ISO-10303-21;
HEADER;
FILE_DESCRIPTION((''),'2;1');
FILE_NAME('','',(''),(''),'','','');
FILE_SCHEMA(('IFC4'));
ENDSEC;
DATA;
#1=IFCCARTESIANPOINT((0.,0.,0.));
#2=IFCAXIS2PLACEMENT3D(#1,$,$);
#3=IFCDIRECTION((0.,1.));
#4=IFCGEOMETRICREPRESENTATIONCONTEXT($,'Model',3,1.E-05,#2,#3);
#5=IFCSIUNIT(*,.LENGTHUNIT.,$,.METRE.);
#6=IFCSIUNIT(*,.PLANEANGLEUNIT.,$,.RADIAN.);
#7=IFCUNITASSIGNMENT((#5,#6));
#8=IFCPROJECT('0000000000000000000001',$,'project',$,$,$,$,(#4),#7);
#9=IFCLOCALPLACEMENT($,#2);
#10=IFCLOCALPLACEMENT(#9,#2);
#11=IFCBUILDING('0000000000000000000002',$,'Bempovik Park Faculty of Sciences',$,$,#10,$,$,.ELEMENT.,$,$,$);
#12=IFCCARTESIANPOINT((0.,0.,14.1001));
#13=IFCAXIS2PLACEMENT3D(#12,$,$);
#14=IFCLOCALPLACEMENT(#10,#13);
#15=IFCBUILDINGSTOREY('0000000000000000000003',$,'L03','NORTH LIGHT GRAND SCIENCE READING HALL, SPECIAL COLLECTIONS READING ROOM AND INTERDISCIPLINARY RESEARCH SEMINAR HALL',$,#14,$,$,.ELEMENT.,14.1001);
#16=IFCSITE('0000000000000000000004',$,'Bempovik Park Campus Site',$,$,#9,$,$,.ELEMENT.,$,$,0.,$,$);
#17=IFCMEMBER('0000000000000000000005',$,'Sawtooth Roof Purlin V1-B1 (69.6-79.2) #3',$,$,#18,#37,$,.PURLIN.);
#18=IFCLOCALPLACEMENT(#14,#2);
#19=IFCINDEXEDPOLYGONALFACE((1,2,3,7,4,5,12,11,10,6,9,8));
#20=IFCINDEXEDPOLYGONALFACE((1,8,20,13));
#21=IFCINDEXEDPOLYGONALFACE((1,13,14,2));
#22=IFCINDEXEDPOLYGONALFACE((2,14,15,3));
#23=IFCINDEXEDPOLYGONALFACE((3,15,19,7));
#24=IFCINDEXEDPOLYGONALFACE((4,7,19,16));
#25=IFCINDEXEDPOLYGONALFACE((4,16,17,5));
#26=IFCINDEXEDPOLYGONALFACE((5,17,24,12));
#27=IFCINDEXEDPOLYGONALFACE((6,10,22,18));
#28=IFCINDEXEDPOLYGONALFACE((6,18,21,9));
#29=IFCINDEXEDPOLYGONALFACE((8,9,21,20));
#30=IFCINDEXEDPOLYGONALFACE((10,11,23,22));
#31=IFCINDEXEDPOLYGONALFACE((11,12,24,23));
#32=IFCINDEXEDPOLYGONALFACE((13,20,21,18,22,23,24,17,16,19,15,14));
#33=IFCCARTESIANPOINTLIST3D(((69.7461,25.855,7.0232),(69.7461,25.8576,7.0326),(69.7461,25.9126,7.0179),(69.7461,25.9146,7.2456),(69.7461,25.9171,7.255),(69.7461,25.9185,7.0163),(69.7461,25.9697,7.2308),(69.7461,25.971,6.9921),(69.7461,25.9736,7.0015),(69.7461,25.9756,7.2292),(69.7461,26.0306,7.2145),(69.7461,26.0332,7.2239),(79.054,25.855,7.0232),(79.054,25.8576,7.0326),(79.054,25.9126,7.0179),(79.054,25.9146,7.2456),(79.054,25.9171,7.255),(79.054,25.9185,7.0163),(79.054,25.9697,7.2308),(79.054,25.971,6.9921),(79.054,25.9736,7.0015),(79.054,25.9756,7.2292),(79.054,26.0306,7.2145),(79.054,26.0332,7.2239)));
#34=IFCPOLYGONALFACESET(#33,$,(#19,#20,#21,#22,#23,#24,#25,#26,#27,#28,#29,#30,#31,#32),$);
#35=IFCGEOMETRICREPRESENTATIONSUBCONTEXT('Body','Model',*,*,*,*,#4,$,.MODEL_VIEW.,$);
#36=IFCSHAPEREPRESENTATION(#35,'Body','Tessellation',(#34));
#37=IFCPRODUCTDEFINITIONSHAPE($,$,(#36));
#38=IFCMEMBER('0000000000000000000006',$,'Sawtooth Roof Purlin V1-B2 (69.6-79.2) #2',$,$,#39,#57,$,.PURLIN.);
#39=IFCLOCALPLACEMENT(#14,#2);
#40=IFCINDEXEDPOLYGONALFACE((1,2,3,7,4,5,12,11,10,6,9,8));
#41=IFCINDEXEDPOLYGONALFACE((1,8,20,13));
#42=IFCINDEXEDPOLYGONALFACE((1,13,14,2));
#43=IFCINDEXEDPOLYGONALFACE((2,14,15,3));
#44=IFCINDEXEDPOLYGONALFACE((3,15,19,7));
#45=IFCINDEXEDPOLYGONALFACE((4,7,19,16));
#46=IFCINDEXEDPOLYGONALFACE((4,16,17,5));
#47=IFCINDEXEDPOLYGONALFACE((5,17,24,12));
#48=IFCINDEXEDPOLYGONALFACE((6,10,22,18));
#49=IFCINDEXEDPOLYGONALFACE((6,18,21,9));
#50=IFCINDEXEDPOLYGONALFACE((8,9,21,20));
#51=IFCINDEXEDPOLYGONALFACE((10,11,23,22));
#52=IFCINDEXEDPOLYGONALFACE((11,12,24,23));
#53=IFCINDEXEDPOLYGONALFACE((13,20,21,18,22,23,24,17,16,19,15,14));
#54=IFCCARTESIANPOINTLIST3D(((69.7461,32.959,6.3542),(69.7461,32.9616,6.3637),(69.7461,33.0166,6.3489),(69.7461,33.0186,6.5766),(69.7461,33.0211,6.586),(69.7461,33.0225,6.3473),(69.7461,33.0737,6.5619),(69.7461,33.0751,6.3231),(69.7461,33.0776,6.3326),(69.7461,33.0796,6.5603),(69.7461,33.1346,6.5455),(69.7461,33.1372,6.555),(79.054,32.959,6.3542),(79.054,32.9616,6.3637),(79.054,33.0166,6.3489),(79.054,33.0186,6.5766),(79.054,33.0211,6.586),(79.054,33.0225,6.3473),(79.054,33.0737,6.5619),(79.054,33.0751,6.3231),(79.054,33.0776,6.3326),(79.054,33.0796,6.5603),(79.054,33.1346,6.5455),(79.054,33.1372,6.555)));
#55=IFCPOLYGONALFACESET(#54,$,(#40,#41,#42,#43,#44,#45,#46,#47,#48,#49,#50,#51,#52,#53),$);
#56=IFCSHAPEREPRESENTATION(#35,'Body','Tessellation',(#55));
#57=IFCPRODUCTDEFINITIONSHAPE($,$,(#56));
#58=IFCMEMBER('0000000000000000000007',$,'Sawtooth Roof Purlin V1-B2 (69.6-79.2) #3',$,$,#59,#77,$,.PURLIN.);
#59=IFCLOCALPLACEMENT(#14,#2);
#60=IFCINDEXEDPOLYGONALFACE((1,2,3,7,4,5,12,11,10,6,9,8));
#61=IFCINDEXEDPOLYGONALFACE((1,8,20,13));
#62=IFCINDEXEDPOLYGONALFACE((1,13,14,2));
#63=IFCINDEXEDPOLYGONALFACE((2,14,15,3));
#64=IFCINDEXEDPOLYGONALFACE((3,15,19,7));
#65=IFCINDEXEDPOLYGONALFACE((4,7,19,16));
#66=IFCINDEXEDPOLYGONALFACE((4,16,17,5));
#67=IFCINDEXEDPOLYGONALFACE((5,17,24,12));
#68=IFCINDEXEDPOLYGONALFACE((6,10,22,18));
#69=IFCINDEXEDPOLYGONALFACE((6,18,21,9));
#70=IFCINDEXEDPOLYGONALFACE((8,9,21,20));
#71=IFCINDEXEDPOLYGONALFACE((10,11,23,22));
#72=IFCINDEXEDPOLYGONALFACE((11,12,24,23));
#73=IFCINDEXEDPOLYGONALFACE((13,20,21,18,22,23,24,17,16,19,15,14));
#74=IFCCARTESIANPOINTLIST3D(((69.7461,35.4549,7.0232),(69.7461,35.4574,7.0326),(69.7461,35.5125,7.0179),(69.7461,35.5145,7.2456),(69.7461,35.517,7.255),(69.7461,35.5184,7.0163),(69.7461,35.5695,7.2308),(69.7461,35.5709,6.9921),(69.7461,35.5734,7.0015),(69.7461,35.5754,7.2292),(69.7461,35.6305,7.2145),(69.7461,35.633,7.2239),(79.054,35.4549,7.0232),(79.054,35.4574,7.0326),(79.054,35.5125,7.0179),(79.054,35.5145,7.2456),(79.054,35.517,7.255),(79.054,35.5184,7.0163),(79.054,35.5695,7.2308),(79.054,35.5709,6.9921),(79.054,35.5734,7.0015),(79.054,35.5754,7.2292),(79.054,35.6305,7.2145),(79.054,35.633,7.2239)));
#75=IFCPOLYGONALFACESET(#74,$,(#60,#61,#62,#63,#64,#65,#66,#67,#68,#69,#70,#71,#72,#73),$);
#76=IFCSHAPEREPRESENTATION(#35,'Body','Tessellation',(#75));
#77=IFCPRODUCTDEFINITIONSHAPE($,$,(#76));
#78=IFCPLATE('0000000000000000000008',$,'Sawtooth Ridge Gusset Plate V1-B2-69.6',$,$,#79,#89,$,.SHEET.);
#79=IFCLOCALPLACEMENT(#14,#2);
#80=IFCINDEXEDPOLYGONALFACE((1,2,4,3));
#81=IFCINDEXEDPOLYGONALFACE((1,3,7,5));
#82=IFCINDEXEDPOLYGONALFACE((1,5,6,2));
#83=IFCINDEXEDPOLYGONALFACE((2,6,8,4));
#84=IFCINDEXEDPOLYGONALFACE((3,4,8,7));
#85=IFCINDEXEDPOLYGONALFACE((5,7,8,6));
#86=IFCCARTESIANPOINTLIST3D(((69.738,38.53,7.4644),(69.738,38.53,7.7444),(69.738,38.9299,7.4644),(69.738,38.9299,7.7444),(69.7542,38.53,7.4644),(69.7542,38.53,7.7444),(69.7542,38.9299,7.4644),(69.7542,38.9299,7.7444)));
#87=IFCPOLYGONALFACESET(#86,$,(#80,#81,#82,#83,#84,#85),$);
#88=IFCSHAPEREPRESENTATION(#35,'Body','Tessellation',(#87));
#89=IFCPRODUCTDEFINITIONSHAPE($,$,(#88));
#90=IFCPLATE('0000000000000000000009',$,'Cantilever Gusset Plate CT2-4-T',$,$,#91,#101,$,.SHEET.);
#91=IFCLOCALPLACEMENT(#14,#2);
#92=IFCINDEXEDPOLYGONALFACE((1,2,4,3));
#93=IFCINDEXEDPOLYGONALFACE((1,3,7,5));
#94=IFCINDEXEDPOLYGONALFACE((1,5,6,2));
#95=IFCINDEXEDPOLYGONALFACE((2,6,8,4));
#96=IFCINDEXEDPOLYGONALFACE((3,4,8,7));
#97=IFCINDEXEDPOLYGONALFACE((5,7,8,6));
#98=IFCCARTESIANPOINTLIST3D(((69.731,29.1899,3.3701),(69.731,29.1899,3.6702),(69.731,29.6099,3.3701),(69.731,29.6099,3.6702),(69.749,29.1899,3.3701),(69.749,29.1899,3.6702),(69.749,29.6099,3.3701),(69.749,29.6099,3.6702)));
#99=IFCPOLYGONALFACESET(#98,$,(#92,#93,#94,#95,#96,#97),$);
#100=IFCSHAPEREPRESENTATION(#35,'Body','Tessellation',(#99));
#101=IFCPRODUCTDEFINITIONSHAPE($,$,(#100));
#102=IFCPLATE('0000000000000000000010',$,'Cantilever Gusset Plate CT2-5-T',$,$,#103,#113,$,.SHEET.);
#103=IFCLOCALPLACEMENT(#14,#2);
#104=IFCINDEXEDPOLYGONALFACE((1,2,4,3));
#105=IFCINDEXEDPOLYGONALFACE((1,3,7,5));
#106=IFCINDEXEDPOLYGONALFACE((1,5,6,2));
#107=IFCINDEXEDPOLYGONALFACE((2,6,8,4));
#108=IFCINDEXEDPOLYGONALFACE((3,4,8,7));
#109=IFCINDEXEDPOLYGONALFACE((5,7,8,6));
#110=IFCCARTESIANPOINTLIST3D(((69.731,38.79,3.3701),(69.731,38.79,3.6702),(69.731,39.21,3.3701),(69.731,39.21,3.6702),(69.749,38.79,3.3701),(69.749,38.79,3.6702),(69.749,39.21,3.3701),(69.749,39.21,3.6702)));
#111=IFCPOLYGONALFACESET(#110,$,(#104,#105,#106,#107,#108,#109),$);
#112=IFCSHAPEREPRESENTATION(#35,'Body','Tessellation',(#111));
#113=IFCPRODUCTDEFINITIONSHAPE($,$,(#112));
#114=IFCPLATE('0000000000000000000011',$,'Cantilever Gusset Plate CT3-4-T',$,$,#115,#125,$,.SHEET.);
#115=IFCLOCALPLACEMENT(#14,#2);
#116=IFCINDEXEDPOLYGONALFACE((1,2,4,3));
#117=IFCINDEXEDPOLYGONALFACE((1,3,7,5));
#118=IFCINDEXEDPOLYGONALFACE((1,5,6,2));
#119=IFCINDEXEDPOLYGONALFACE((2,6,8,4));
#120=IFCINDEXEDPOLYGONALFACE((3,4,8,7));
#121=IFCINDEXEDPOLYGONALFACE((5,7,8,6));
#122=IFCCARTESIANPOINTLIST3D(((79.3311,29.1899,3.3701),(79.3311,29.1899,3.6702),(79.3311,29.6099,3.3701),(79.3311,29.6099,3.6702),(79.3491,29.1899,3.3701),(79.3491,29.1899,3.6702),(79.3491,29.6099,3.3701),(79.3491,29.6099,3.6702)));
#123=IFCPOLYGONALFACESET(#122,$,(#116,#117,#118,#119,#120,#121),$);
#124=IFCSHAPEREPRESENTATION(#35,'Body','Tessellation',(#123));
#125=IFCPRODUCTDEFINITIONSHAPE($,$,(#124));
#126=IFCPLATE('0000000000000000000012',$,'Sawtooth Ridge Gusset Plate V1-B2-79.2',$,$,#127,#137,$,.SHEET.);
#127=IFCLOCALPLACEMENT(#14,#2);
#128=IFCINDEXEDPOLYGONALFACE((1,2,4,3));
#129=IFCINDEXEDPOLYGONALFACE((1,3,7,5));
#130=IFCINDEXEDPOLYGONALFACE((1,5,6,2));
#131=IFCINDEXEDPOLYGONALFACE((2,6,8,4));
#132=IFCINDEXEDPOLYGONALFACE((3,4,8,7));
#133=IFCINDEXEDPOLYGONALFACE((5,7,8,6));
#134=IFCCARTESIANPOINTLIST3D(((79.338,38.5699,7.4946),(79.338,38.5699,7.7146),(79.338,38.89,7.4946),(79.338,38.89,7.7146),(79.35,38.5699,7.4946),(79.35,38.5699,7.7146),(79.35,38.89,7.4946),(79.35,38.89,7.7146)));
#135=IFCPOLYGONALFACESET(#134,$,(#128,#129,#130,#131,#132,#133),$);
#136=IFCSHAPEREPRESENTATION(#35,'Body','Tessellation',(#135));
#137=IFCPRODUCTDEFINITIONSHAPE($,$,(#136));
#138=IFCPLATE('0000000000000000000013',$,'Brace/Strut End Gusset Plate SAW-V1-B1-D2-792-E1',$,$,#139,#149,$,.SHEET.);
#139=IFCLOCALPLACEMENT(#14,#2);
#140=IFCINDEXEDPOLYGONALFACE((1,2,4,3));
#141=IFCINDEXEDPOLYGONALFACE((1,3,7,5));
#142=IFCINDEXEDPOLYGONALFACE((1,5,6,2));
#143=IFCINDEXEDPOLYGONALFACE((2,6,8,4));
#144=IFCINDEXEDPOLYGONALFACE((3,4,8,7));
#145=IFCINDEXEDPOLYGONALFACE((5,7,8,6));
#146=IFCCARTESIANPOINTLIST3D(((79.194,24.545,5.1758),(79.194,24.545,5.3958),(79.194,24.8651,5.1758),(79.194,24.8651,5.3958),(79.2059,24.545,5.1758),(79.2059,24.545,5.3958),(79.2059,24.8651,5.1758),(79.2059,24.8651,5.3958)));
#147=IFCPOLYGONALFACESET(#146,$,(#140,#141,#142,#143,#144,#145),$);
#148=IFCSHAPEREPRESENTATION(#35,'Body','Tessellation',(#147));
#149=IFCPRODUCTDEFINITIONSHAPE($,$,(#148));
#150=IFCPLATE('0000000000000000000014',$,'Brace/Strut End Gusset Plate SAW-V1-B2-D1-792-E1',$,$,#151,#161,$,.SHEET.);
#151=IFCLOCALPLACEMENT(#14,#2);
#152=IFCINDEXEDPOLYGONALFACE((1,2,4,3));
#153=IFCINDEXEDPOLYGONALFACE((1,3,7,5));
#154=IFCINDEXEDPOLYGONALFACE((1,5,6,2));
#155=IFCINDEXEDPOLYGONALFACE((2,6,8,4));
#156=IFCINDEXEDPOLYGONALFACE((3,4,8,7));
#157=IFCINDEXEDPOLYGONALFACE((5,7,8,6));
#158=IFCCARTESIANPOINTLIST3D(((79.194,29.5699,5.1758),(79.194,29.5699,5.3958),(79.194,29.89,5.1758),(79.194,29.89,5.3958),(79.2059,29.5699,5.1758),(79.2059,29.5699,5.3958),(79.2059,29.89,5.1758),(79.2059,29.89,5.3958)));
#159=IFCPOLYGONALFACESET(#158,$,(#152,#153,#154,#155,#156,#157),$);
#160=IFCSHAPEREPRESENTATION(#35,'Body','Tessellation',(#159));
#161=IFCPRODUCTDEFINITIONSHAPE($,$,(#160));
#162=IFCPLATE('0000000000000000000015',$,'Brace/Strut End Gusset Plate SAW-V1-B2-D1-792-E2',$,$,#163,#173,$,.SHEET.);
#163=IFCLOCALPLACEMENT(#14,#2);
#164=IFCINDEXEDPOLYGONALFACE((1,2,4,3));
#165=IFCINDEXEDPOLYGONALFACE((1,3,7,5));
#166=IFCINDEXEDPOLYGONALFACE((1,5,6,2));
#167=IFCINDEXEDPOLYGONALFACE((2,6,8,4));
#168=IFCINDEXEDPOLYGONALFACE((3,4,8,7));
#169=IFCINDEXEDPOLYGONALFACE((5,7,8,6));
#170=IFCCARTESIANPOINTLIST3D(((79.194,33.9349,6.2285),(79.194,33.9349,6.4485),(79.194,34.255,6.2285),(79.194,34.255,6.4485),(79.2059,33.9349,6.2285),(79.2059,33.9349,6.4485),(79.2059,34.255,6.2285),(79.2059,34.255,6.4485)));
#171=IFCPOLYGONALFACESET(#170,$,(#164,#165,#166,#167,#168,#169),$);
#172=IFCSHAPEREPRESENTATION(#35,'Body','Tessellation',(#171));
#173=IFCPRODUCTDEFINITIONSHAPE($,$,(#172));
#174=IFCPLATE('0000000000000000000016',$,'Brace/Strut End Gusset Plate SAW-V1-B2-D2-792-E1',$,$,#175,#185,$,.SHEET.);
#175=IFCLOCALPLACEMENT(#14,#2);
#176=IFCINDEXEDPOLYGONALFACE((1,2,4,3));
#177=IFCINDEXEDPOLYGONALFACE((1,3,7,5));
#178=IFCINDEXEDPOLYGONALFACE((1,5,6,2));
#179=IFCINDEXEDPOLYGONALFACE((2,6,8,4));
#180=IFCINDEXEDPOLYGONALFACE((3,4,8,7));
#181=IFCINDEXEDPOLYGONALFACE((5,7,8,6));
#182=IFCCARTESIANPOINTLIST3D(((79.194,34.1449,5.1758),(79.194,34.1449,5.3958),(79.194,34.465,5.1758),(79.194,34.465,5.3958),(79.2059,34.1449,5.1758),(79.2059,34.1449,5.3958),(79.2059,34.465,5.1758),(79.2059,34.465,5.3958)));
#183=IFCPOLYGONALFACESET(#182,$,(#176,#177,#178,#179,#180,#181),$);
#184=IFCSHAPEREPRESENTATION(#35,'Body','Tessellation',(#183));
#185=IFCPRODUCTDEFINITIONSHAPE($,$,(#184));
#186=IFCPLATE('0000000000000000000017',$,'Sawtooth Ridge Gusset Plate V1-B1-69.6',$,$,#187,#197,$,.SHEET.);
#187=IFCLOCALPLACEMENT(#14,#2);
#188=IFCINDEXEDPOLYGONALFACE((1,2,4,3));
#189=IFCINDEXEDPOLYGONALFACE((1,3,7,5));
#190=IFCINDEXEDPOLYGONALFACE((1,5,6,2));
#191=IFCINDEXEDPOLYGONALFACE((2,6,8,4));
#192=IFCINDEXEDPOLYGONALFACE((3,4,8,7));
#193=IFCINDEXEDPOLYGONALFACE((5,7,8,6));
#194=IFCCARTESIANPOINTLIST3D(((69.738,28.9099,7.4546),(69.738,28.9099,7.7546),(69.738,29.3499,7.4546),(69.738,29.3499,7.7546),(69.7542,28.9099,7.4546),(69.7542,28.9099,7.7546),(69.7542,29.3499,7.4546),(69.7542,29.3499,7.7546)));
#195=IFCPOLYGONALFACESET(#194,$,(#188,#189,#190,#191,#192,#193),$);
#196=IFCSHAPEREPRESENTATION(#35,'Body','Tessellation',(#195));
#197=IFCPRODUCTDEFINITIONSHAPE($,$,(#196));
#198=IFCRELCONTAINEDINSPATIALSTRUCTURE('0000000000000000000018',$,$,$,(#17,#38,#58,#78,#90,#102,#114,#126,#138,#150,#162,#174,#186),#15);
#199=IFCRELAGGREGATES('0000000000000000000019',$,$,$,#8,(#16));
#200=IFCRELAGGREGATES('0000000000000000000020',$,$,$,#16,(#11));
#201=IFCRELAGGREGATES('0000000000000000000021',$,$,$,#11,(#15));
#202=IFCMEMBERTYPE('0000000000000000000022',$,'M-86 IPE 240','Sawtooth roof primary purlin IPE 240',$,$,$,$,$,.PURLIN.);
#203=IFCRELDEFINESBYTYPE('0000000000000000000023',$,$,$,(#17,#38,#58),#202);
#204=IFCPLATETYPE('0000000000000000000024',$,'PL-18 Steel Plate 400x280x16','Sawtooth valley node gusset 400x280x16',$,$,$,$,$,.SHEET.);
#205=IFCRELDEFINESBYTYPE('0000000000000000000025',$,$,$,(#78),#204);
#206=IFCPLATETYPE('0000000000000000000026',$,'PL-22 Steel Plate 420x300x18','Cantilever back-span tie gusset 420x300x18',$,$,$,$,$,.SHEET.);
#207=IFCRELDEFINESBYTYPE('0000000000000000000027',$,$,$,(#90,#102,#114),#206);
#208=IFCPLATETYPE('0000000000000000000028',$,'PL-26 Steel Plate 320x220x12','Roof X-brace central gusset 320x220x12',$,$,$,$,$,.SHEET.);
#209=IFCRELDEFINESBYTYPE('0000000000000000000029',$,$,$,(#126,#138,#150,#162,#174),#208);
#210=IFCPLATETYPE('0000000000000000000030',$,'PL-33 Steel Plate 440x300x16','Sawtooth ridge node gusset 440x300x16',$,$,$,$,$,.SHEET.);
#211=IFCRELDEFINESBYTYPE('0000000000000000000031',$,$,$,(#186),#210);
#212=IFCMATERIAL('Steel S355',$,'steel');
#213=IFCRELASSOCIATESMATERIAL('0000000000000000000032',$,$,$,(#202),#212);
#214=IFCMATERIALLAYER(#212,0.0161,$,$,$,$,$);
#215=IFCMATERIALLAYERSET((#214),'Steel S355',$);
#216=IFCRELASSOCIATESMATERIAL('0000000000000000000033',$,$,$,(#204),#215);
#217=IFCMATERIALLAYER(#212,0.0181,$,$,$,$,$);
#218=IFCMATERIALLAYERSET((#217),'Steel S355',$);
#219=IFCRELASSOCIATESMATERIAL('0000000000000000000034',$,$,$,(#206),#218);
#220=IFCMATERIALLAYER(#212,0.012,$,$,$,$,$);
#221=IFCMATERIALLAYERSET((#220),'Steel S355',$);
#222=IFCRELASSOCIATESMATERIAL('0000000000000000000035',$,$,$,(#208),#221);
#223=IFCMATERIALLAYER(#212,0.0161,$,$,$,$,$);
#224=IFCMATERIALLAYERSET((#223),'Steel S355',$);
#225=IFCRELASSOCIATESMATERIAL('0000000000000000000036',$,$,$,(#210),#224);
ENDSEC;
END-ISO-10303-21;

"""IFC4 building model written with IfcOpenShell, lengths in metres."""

from ifc_helpers import new_model, si_unit, direction, frame, origin, origin_2d, place, context, subcontext, project, spatial, rectangle, i_section, extrude, material, layer, layer_set, material_profile, profile_set, type_object, element, save


model = new_model("IFC4")

# Units and contexts
model_context = context("Model", 3, precision=1e-05, world=origin(), true_north=direction((0.0, 1.0)))
body_context = subcontext(model_context, "Body", "Model", "MODEL_VIEW")
ifc_project = project(units=[si_unit("LENGTHUNIT", "METRE"), si_unit("PLANEANGLEUNIT", "RADIAN")], contexts=[model_context])

# Site, building, storey
site_placement = place(None, origin())
site = spatial("IfcSite", under=ifc_project, at=site_placement, Name="Bempovik Park Campus Site", CompositionType="ELEMENT", RefElevation=0.0)
building_placement = place(site_placement, origin())
building = spatial("IfcBuilding", under=site, at=building_placement, Name="Bempovik Park Faculty of Sciences", CompositionType="ELEMENT")
storey_placement = place(building_placement, frame((0.0, 0.0, 14.1001)))
storey = spatial("IfcBuildingStorey", under=building, at=storey_placement, Name="L03", Description="NORTH LIGHT GRAND SCIENCE READING HALL, SPECIAL COLLECTIONS READING ROOM AND INTERDISCIPLINARY RESEARCH SEMINAR HALL", CompositionType="ELEMENT", Elevation=14.1001)

# Shared definitions
ifc_material_1 = material(Name="Steel S355", Category="steel")

# Members
ifc_material_profile_1 = material_profile(ifc_material_1, i_section(OverallWidth=0.1201, OverallDepth=0.24, WebThickness=0.0061, FlangeThickness=0.0098, at=origin_2d()), Name="IPE 240")
ifc_profile_set_1 = profile_set([ifc_material_profile_1], Name="Steel S355")
member_type_1 = type_object("IfcMemberType", Name="M-86 IPE 240", Description="Sawtooth roof primary purlin IPE 240", PredefinedType="PURLIN", material=ifc_profile_set_1)
for number, where, z_axis, x_axis, name in (
    (1, (69.7461, 25.9441, 7.1235), (1.0, 0.0, 0.0), (0.0, 0.965926, -0.258819), "Sawtooth Roof Purlin V1-B1 (69.6-79.2) #3"),
    (2, (69.7461, 33.0481, 6.4546), (1.0, 0.0, 0.0), (0.0, 0.965926, -0.258819), "Sawtooth Roof Purlin V1-B2 (69.6-79.2) #2"),
    (3, (69.7461, 35.5439, 7.1235), (1.0, 0.0, 0.0), (0.0, 0.965926, -0.258819), "Sawtooth Roof Purlin V1-B2 (69.6-79.2) #3"),
):
    element("IfcMember", number, at=place(storey_placement, frame(where, z_axis=z_axis, x_axis=x_axis)), inside=storey, type_object=member_type_1, Name=name, PredefinedType="PURLIN", context=body_context, shape_type="SweptSolid", body=[
        extrude(i_section(OverallWidth=0.1201, OverallDepth=0.24, WebThickness=0.0061, FlangeThickness=0.0098, at=origin_2d()), origin(), (0.0, 0.0, 1.0), 9.3079),
    ])

# Plates
ifc_layer_1 = layer(ifc_material_1, 0.0161)
ifc_layer_set_1 = layer_set([ifc_layer_1], Name="Steel S355")
plate_type_1 = type_object("IfcPlateType", Name="PL-18 Steel Plate 400x280x16", Description="Sawtooth valley node gusset 400x280x16", PredefinedType="SHEET", material=ifc_layer_set_1)
plate_1_placement = place(storey_placement, frame((69.7461, 38.73, 7.4644), z_axis=(0.0, 0.0, 1.0), x_axis=(1.0, 0.0, 0.0)))
element("IfcPlate", 4, at=plate_1_placement, inside=storey, type_object=plate_type_1, Name="Sawtooth Ridge Gusset Plate V1-B2-69.6", PredefinedType="SHEET", context=body_context, shape_type="SweptSolid", body=[
    extrude(rectangle(XDim=0.0161, YDim=0.3999, at=origin_2d()), origin(), (0.0, 0.0, 1.0), 0.28),
])
ifc_layer_2 = layer(ifc_material_1, 0.0181)
ifc_layer_set_2 = layer_set([ifc_layer_2], Name="Steel S355")
plate_type_2 = type_object("IfcPlateType", Name="PL-22 Steel Plate 420x300x18", Description="Cantilever back-span tie gusset 420x300x18", PredefinedType="SHEET", material=ifc_layer_set_2)
for number, where, z_axis, x_axis, name in (
    (5, (69.74, 29.3999, 3.3701), (0.0, 0.0, 1.0), (1.0, 0.0, 0.0), "Cantilever Gusset Plate CT2-4-T"),
    (6, (69.74, 39.0, 3.3701), (0.0, 0.0, 1.0), (1.0, 0.0, 0.0), "Cantilever Gusset Plate CT2-5-T"),
    (7, (79.3401, 29.3999, 3.3701), (0.0, 0.0, 1.0), (1.0, 0.0, 0.0), "Cantilever Gusset Plate CT3-4-T"),
):
    element("IfcPlate", number, at=place(storey_placement, frame(where, z_axis=z_axis, x_axis=x_axis)), inside=storey, type_object=plate_type_2, Name=name, PredefinedType="SHEET", context=body_context, shape_type="SweptSolid", body=[
        extrude(rectangle(XDim=0.0181, YDim=0.4199, at=origin_2d()), origin(), (0.0, 0.0, 1.0), 0.3),
    ])
ifc_layer_3 = layer(ifc_material_1, 0.012)
ifc_layer_set_3 = layer_set([ifc_layer_3], Name="Steel S355")
plate_type_3 = type_object("IfcPlateType", Name="PL-26 Steel Plate 320x220x12", Description="Roof X-brace central gusset 320x220x12", PredefinedType="SHEET", material=ifc_layer_set_3)
for number, where, z_axis, x_axis, name in (
    (8, (79.344, 38.73, 7.4946), (0.0, 0.0, 1.0), (1.0, 0.0, 0.0), "Sawtooth Ridge Gusset Plate V1-B2-79.2"),
    (9, (79.2, 24.7051, 5.1758), (0.0, 0.0, 1.0), (1.0, 0.0, 0.0), "Brace/Strut End Gusset Plate SAW-V1-B1-D2-792-E1"),
    (10, (79.2, 29.73, 5.1758), (0.0, 0.0, 1.0), (1.0, 0.0, 0.0), "Brace/Strut End Gusset Plate SAW-V1-B2-D1-792-E1"),
    (11, (79.2, 34.095, 6.2285), (0.0, 0.0, 1.0), (1.0, 0.0, 0.0), "Brace/Strut End Gusset Plate SAW-V1-B2-D1-792-E2"),
    (12, (79.2, 34.3049, 5.1758), (0.0, 0.0, 1.0), (1.0, 0.0, 0.0), "Brace/Strut End Gusset Plate SAW-V1-B2-D2-792-E1"),
):
    element("IfcPlate", number, at=place(storey_placement, frame(where, z_axis=z_axis, x_axis=x_axis)), inside=storey, type_object=plate_type_3, Name=name, PredefinedType="SHEET", context=body_context, shape_type="SweptSolid", body=[
        extrude(rectangle(XDim=0.012, YDim=0.3201, at=origin_2d()), origin(), (0.0, 0.0, 1.0), 0.22),
    ])
ifc_layer_4 = layer(ifc_material_1, 0.0161)
ifc_layer_set_4 = layer_set([ifc_layer_4], Name="Steel S355")
plate_type_4 = type_object("IfcPlateType", Name="PL-33 Steel Plate 440x300x16", Description="Sawtooth ridge node gusset 440x300x16", PredefinedType="SHEET", material=ifc_layer_set_4)
plate_2_placement = place(storey_placement, frame((69.7461, 29.1299, 7.4546), z_axis=(0.0, 0.0, 1.0), x_axis=(1.0, 0.0, 0.0)))
element("IfcPlate", 13, at=plate_2_placement, inside=storey, type_object=plate_type_4, Name="Sawtooth Ridge Gusset Plate V1-B1-69.6", PredefinedType="SHEET", context=body_context, shape_type="SweptSolid", body=[
    extrude(rectangle(XDim=0.0161, YDim=0.4399, at=origin_2d()), origin(), (0.0, 0.0, 1.0), 0.3),
])

save(model, "model.ifc")
